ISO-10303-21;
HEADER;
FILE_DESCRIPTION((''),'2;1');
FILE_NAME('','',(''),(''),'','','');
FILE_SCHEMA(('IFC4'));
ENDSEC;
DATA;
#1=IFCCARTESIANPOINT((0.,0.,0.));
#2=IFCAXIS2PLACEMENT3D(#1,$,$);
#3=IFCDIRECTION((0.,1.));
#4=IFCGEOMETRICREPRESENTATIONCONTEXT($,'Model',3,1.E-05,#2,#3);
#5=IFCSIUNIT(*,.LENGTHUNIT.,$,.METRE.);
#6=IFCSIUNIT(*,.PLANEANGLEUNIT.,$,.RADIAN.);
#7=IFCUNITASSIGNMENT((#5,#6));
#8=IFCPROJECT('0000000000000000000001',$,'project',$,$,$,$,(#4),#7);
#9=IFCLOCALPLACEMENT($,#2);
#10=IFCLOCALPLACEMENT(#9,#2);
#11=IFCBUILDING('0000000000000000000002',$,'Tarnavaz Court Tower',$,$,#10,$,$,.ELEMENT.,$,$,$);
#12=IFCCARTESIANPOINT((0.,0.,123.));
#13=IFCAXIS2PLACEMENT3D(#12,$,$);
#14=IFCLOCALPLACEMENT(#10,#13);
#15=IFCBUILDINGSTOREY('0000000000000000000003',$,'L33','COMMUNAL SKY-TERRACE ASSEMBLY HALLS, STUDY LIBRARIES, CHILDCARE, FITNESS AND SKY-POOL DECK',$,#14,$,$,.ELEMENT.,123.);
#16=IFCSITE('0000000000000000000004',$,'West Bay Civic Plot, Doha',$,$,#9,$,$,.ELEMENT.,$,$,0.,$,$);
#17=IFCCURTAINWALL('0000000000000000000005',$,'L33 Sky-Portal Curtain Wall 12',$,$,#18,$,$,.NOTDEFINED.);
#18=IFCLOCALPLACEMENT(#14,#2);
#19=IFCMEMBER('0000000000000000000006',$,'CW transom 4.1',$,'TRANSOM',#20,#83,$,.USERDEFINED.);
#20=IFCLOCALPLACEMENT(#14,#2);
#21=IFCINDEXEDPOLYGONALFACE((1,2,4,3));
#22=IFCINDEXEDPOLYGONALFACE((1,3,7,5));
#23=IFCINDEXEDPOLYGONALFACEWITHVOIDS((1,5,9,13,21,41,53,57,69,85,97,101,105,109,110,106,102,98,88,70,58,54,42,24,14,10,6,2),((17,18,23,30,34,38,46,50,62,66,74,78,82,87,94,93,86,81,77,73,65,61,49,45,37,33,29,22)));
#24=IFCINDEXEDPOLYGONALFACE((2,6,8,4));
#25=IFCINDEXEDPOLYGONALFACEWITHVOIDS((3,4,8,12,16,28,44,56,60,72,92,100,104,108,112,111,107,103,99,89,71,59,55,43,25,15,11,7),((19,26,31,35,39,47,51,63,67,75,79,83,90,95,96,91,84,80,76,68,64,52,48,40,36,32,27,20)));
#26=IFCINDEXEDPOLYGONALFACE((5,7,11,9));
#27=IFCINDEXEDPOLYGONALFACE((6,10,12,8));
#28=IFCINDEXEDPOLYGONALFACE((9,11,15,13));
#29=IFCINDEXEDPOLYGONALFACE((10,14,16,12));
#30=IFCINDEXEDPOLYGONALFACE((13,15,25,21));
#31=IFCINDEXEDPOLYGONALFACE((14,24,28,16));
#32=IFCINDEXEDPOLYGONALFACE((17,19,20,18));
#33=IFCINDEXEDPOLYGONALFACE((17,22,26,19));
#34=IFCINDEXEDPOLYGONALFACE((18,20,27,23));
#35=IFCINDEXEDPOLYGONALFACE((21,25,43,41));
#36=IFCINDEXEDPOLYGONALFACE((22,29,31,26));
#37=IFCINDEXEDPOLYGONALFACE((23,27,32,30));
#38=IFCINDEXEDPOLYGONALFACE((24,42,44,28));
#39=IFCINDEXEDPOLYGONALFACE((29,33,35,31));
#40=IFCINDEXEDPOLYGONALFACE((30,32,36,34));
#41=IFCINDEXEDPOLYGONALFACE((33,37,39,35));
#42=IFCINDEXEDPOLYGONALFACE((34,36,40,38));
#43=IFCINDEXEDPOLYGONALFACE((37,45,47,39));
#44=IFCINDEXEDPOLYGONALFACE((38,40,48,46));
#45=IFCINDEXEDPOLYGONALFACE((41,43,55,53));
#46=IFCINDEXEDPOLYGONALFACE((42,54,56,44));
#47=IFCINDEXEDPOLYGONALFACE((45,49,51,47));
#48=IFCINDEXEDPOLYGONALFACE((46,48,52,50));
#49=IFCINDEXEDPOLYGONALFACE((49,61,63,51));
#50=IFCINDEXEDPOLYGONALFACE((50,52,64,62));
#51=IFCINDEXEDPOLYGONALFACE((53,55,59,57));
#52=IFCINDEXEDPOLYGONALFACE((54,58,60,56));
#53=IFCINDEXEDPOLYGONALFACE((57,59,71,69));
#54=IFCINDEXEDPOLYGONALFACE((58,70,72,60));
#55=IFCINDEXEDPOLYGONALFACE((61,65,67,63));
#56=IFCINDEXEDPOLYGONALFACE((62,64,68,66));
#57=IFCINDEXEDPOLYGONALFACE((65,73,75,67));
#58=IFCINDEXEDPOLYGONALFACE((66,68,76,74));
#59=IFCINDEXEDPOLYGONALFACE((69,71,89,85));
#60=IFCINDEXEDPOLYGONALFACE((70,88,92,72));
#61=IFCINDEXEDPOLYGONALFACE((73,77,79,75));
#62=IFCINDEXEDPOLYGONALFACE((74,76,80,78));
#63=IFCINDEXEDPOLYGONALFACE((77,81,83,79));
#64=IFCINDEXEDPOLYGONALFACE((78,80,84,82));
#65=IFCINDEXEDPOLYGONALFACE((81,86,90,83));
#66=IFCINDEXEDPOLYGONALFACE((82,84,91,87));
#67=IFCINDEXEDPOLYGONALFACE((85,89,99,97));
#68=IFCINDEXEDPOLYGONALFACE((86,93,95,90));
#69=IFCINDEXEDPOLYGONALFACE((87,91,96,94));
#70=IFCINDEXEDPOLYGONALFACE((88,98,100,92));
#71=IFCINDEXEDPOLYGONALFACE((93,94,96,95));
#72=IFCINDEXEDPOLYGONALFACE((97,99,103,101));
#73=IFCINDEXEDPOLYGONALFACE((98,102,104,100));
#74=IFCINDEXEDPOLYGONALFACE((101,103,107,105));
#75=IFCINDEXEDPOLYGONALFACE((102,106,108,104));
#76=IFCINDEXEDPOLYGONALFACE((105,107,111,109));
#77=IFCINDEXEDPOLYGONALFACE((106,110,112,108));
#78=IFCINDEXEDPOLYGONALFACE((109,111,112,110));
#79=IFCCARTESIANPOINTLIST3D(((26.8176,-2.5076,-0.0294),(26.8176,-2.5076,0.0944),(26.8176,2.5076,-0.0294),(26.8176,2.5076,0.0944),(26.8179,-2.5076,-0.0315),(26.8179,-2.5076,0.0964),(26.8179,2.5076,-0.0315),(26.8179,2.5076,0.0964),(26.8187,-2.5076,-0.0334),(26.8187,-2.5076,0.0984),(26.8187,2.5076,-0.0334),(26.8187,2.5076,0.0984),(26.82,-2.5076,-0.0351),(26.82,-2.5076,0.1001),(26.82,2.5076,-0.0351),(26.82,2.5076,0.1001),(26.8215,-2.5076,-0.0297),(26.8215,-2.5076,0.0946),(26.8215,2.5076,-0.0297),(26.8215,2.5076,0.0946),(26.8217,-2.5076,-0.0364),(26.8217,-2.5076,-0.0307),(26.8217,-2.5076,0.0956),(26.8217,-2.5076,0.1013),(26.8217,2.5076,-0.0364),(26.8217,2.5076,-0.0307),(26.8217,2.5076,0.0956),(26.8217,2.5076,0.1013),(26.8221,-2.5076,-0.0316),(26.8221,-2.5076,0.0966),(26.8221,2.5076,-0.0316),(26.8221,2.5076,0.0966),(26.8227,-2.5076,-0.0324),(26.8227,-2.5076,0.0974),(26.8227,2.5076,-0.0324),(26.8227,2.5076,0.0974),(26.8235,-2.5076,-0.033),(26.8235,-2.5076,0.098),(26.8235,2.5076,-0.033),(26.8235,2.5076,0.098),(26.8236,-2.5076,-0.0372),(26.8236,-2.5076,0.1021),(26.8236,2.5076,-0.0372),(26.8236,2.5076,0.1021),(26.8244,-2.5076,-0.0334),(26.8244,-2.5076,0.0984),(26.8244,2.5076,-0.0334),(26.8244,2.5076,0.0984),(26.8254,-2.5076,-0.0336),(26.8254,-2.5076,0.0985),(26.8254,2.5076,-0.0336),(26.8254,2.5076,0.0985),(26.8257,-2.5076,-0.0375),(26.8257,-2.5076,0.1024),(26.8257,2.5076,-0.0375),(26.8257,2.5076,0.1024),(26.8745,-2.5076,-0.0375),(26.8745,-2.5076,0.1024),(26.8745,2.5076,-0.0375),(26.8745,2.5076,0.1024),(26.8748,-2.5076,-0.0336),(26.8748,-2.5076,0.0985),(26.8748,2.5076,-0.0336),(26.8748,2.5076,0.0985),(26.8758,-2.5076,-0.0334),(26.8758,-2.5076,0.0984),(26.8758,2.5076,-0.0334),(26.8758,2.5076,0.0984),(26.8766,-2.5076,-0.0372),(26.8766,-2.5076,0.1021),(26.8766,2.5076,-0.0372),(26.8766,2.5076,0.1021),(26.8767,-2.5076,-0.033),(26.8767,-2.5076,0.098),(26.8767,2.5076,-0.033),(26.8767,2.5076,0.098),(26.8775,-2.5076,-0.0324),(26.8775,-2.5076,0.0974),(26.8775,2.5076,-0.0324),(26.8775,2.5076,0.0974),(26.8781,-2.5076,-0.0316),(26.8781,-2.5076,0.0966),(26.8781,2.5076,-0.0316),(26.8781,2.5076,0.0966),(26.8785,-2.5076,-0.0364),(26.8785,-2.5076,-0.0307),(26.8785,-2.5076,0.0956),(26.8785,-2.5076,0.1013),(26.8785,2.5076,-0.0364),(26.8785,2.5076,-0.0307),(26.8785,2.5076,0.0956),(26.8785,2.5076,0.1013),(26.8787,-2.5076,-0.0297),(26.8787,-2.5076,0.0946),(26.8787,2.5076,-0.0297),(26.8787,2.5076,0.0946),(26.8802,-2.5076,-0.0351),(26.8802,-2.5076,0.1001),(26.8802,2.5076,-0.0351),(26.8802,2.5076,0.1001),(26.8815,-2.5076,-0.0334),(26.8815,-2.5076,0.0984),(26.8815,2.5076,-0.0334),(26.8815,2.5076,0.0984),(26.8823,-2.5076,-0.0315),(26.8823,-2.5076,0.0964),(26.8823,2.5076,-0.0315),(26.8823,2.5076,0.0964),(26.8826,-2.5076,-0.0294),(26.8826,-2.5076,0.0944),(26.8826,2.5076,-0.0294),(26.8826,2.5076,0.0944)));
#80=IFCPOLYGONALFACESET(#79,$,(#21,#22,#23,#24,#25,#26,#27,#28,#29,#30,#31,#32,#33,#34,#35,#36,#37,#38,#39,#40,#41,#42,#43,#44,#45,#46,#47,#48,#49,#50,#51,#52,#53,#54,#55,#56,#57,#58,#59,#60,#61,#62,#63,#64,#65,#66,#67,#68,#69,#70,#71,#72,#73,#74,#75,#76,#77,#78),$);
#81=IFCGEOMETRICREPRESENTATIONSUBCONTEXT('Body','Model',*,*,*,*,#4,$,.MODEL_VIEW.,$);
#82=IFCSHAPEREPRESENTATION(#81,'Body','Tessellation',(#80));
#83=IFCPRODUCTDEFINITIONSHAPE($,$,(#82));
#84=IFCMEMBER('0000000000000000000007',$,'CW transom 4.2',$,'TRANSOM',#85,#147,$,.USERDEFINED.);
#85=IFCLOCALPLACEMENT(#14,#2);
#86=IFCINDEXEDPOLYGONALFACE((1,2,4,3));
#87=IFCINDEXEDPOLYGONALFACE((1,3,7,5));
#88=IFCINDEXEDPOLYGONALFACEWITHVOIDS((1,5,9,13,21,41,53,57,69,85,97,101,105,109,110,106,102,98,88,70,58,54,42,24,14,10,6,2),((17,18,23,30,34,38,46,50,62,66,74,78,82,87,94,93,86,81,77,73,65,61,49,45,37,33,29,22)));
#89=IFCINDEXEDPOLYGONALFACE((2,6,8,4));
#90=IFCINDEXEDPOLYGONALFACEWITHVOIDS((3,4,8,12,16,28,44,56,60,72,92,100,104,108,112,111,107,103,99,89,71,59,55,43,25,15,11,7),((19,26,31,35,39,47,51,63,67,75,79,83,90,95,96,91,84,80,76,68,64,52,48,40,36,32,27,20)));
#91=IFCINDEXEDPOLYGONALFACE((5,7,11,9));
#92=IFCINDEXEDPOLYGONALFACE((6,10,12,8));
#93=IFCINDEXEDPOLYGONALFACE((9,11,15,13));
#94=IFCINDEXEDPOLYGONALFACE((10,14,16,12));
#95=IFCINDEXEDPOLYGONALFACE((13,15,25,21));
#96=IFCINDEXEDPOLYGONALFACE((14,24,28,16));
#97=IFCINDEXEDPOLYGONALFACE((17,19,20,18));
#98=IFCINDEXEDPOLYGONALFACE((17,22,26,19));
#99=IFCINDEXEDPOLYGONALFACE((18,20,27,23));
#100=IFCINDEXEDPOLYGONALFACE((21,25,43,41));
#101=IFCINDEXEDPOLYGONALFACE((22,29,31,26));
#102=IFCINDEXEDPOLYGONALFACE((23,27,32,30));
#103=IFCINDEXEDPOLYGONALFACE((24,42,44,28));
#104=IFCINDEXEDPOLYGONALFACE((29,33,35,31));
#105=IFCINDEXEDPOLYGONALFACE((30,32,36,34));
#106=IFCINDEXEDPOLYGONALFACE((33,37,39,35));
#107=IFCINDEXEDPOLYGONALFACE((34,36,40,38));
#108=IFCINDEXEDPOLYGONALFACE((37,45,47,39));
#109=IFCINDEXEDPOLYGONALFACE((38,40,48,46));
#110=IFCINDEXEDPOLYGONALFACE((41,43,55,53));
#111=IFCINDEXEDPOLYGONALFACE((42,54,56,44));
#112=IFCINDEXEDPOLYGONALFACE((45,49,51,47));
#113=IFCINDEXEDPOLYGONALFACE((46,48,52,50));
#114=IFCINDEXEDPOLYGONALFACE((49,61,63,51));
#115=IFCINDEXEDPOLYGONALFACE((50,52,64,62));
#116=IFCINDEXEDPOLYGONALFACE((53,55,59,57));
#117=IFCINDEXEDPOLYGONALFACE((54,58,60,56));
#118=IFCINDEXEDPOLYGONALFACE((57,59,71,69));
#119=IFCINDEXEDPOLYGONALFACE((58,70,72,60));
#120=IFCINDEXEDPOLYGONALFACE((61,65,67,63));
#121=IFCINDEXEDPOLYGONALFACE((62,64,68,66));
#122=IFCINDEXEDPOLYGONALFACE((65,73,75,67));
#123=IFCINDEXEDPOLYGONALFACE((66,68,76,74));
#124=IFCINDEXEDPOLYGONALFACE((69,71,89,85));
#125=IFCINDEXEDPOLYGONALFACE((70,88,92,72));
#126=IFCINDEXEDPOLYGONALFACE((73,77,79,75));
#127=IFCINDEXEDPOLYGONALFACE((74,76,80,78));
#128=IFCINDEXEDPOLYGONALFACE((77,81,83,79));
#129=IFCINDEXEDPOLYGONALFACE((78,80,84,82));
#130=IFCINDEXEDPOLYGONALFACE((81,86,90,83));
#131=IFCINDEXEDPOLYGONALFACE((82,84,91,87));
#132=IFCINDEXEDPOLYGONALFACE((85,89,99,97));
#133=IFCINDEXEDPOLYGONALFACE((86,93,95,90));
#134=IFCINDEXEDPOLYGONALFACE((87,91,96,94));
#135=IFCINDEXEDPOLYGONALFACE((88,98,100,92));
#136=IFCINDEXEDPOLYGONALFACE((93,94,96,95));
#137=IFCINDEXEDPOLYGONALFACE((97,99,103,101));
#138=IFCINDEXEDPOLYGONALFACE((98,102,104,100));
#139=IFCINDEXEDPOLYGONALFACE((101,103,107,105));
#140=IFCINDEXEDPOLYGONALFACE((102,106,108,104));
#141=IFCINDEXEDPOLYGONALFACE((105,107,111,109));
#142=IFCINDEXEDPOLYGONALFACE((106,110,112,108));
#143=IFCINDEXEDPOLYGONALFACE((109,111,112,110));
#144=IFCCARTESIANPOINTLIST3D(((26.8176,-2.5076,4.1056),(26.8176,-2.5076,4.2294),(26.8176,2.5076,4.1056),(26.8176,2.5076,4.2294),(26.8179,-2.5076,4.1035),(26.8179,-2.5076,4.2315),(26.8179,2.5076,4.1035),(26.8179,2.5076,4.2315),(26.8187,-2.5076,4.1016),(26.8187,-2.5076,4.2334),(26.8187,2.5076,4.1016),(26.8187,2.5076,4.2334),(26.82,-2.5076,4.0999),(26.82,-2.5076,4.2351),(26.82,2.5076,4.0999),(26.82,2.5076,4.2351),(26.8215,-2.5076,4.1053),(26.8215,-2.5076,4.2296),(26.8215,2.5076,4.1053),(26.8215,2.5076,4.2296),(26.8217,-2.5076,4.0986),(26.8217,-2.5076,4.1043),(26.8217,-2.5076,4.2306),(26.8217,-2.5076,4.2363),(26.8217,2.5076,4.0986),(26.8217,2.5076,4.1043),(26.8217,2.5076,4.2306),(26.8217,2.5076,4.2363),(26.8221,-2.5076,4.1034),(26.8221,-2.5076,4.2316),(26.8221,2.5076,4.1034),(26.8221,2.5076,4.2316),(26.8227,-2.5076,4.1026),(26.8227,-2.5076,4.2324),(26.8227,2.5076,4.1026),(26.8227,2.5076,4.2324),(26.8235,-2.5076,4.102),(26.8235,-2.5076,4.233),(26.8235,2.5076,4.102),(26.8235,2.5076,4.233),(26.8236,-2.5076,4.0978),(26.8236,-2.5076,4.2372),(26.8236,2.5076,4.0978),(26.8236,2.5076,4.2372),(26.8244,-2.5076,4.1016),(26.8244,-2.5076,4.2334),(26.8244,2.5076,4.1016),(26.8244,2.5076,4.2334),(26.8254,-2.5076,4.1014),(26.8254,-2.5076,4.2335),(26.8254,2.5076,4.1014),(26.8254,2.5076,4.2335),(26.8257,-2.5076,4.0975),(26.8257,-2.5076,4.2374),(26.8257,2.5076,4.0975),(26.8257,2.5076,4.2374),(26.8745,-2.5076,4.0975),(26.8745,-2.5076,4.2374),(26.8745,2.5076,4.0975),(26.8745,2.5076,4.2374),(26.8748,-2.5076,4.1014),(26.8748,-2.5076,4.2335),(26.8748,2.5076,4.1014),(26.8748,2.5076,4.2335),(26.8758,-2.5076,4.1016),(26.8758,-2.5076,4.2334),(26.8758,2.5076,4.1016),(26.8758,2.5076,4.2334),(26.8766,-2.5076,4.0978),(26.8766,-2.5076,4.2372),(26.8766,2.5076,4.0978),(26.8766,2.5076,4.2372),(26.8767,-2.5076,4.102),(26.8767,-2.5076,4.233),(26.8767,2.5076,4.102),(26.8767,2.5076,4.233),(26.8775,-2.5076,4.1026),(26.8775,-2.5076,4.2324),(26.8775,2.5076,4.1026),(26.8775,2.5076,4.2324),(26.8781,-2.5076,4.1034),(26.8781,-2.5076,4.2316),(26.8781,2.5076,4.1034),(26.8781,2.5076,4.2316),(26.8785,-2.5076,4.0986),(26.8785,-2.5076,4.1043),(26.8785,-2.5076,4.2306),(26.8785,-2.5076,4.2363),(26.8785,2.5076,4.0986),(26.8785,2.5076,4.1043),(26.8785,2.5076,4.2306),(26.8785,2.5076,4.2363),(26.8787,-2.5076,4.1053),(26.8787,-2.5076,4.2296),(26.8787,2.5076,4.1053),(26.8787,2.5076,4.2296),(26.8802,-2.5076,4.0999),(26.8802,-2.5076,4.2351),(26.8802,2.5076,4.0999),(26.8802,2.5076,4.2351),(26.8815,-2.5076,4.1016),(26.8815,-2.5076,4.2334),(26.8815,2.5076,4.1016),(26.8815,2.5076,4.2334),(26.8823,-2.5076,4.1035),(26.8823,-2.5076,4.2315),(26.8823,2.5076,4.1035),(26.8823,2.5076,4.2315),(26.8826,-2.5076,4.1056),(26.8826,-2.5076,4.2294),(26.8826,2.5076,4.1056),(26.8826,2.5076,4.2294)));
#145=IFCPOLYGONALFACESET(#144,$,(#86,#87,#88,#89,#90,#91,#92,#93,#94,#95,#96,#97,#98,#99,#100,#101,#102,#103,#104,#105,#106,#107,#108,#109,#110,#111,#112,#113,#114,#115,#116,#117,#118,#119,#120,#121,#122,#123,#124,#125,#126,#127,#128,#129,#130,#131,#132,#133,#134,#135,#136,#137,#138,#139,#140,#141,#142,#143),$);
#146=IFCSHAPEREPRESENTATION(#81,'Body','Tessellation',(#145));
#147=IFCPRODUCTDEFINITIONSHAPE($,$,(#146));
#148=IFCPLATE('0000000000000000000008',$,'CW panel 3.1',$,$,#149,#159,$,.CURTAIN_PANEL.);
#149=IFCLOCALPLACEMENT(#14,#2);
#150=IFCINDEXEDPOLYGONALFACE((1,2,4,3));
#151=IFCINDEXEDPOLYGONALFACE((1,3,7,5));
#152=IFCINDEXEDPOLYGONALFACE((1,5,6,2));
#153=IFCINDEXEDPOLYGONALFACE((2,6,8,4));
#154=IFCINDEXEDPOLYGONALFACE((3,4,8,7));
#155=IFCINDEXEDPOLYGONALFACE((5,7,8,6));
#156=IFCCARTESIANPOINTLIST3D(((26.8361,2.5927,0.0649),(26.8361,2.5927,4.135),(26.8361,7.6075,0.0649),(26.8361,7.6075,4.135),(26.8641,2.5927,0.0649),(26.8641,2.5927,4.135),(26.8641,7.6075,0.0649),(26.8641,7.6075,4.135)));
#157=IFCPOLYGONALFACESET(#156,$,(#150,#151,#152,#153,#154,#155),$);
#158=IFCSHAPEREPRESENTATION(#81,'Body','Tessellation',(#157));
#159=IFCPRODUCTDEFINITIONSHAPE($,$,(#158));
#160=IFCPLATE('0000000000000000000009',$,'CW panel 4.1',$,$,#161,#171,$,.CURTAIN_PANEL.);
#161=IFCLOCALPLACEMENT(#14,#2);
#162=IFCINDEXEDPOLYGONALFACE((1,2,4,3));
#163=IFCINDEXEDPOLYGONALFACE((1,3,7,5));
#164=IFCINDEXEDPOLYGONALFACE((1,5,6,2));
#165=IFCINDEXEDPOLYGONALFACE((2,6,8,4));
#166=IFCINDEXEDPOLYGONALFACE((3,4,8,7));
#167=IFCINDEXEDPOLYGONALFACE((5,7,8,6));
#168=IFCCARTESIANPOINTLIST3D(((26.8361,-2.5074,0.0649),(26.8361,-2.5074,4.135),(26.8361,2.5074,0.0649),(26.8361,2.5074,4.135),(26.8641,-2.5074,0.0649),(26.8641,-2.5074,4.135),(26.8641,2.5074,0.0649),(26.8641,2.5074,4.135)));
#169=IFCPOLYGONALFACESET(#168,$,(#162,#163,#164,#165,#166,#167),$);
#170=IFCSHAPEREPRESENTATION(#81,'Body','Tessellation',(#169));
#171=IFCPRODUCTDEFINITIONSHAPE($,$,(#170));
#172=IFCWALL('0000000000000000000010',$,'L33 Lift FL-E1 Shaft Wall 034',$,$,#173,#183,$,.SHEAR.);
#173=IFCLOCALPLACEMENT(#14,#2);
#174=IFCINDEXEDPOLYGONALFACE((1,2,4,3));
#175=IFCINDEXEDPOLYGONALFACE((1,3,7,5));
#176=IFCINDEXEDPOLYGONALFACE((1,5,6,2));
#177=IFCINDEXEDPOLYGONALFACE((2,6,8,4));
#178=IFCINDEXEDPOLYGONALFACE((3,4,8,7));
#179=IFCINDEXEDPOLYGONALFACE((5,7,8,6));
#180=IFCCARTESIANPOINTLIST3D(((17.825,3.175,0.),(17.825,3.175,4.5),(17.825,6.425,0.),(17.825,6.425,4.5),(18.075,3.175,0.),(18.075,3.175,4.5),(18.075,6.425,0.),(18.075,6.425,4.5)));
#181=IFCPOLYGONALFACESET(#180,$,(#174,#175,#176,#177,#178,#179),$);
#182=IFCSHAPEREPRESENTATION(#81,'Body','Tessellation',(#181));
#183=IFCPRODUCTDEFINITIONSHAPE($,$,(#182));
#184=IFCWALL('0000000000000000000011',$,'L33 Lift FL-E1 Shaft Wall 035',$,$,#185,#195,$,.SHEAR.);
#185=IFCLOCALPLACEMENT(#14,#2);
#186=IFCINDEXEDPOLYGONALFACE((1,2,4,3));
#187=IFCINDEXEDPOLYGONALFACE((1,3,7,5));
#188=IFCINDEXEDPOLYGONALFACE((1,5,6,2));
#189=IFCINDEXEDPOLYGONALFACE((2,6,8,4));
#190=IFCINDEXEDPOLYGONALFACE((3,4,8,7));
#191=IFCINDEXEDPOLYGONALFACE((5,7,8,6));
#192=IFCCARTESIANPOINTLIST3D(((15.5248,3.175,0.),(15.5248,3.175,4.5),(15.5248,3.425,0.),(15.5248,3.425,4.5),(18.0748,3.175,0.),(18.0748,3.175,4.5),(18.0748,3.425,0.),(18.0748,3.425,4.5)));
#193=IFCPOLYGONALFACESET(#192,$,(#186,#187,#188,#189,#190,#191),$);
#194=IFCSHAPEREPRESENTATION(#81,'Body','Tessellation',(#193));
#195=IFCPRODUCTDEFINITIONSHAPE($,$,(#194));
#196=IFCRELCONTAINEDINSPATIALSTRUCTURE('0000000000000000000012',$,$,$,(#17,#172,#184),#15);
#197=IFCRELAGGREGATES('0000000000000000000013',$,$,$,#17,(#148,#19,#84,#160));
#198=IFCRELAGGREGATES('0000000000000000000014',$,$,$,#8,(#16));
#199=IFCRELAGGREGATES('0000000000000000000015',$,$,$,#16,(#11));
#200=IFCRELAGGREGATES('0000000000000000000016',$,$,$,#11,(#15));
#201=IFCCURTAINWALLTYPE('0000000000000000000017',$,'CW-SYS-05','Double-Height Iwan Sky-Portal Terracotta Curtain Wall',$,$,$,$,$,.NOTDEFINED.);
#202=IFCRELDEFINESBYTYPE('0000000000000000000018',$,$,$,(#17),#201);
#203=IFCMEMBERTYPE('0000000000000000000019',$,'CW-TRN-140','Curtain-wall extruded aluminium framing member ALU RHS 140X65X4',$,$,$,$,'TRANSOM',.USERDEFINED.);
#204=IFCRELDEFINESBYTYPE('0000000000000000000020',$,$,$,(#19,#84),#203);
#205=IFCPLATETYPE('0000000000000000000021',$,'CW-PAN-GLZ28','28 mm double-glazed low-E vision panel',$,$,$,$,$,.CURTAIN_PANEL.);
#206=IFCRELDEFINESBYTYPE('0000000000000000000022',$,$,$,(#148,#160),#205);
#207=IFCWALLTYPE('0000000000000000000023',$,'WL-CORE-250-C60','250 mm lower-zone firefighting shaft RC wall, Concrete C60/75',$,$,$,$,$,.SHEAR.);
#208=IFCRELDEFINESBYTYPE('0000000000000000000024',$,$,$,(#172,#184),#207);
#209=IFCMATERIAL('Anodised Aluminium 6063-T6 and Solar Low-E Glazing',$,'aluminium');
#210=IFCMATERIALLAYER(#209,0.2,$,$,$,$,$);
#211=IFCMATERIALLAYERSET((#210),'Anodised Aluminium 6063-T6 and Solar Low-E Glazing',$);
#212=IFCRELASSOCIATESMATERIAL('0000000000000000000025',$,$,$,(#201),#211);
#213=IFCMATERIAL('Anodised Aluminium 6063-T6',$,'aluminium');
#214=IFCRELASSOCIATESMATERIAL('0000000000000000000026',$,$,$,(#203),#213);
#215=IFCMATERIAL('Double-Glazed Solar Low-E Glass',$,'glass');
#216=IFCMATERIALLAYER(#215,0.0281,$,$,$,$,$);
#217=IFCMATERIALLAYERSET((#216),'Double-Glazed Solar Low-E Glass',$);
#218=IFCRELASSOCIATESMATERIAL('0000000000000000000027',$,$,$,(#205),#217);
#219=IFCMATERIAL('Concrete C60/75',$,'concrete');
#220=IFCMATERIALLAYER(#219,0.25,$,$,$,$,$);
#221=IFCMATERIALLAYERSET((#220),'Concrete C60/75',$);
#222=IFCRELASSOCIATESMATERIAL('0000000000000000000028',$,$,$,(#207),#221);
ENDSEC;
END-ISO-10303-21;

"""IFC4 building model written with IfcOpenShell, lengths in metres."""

from ifc_helpers import new_model, si_unit, direction, frame, frame_2d, origin, origin_2d, place, context, subcontext, project, spatial, rectangle, hollow_rectangle, extrude, material, layer, layer_set, material_profile, profile_set, type_object, element, aggregate, save


model = new_model("IFC4")

# Units and contexts
model_context = context("Model", 3, precision=1e-05, world=origin(), true_north=direction((0.0, 1.0)))
body_context = subcontext(model_context, "Body", "Model", "MODEL_VIEW")
ifc_project = project(units=[si_unit("LENGTHUNIT", "METRE"), si_unit("PLANEANGLEUNIT", "RADIAN")], contexts=[model_context])

# Site, building, storey
site_placement = place(None, origin())
site = spatial("IfcSite", under=ifc_project, at=site_placement, Name="West Bay Civic Plot, Doha", CompositionType="ELEMENT", RefElevation=0.0)
building_placement = place(site_placement, origin())
building = spatial("IfcBuilding", under=site, at=building_placement, Name="Tarnavaz Court Tower", CompositionType="ELEMENT")
storey_placement = place(building_placement, frame((0.0, 0.0, 123.0)))
storey = spatial("IfcBuildingStorey", under=building, at=storey_placement, Name="L33", Description="COMMUNAL SKY-TERRACE ASSEMBLY HALLS, STUDY LIBRARIES, CHILDCARE, FITNESS AND SKY-POOL DECK", CompositionType="ELEMENT", Elevation=123.0)

# Shared definitions
ifc_material_1 = material(Name="Concrete C60/75", Category="concrete")

# Curtain wall, members, plates
ifc_material_2 = material(Name="Anodised Aluminium 6063-T6 and Solar Low-E Glazing", Category="aluminium")
ifc_layer_1 = layer(ifc_material_2, 0.2)
ifc_layer_set_1 = layer_set([ifc_layer_1], Name="Anodised Aluminium 6063-T6 and Solar Low-E Glazing")
curtain_wall_type = type_object("IfcCurtainWallType", Name="CW-SYS-05", Description="Double-Height Iwan Sky-Portal Terracotta Curtain Wall", PredefinedType="NOTDEFINED", material=ifc_layer_set_1)
curtain_wall_placement = place(storey_placement, origin())
curtain_wall = element("IfcCurtainWall", 1, at=curtain_wall_placement, inside=storey, type_object=curtain_wall_type, Name="L33 Sky-Portal Curtain Wall 12", PredefinedType="NOTDEFINED")
ifc_material_3 = material(Name="Anodised Aluminium 6063-T6", Category="aluminium")
ifc_material_profile_1 = material_profile(ifc_material_3, hollow_rectangle(XDim=0.0649, YDim=0.1399, WallThickness=0.0039, InnerFilletRadius=0.0039, OuterFilletRadius=0.0081, at=origin_2d()), Name="ALU RHS 140X65X4")
ifc_profile_set_1 = profile_set([ifc_material_profile_1], Name="Anodised Aluminium 6063-T6")
member_type_1 = type_object("IfcMemberType", Name="CW-TRN-140", Description="Curtain-wall extruded aluminium framing member ALU RHS 140X65X4", ElementType="TRANSOM", PredefinedType="USERDEFINED", material=ifc_profile_set_1)
member_1_placement = place(storey_placement, frame((26.8501, 2.5076, 0.0325), z_axis=(0.0, -1.0, 0.0), x_axis=(1.0, 0.0, 0.0)))
member_1 = element("IfcMember", 2, at=member_1_placement, type_object=member_type_1, Name="CW transom 4.1", ObjectType="TRANSOM", PredefinedType="USERDEFINED", context=body_context, shape_type="SweptSolid", body=[
    extrude(hollow_rectangle(XDim=0.0649, YDim=0.1399, WallThickness=0.0039, InnerFilletRadius=0.0039, OuterFilletRadius=0.0081, at=origin_2d()), origin(), (0.0, 0.0, 1.0), 5.0151),
])
member_2_placement = place(storey_placement, frame((26.8501, 2.5076, 4.1675), z_axis=(0.0, -1.0, 0.0), x_axis=(1.0, 0.0, 0.0)))
member_2 = element("IfcMember", 3, at=member_2_placement, type_object=member_type_1, Name="CW transom 4.2", ObjectType="TRANSOM", PredefinedType="USERDEFINED", context=body_context, shape_type="SweptSolid", body=[
    extrude(hollow_rectangle(XDim=0.0649, YDim=0.1399, WallThickness=0.0039, InnerFilletRadius=0.0039, OuterFilletRadius=0.0081, at=origin_2d()), origin(), (0.0, 0.0, 1.0), 5.0151),
])
ifc_material_4 = material(Name="Double-Glazed Solar Low-E Glass", Category="glass")
ifc_layer_2 = layer(ifc_material_4, 0.0281)
ifc_layer_set_2 = layer_set([ifc_layer_2], Name="Double-Glazed Solar Low-E Glass")
plate_type = type_object("IfcPlateType", Name="CW-PAN-GLZ28", Description="28 mm double-glazed low-E vision panel", PredefinedType="CURTAIN_PANEL", material=ifc_layer_set_2)
plate_1_placement = place(storey_placement, frame((26.8501, 5.1001, 0.0649), z_axis=(0.0, 0.0, 1.0), x_axis=(0.0, -1.0, 0.0)))
plate_1 = element("IfcPlate", 4, at=plate_1_placement, type_object=plate_type, Name="CW panel 3.1", PredefinedType="CURTAIN_PANEL", context=body_context, shape_type="SweptSolid", body=[
    extrude(rectangle(XDim=5.0149, YDim=0.0281, at=origin_2d()), origin(), (0.0, 0.0, 1.0), 4.0701),
])
plate_2_placement = place(storey_placement, frame((26.8501, 0.0, 0.0649), z_axis=(0.0, 0.0, 1.0), x_axis=(0.0, -1.0, 0.0)))
plate_2 = element("IfcPlate", 5, at=plate_2_placement, type_object=plate_type, Name="CW panel 4.1", PredefinedType="CURTAIN_PANEL", context=body_context, shape_type="SweptSolid", body=[
    extrude(rectangle(XDim=5.0149, YDim=0.0281, at=origin_2d()), origin(), (0.0, 0.0, 1.0), 4.0701),
])
aggregate(curtain_wall, [plate_1, member_1, member_2, plate_2])

# Shared definitions
ifc_layer_3 = layer(ifc_material_1, 0.25)
ifc_layer_set_3 = layer_set([ifc_layer_3], Name="Concrete C60/75")
wall_type_1 = type_object("IfcWallType", Name="WL-CORE-250-C60", Description="250 mm lower-zone firefighting shaft RC wall, Concrete C60/75", PredefinedType="SHEAR", material=ifc_layer_set_3)

# Walls
wall_1_placement = place(storey_placement, frame((17.95, 3.175, 0.0), z_axis=(0.0, 0.0, 1.0), x_axis=(0.0, 1.0, 0.0)))
element("IfcWall", 6, at=wall_1_placement, inside=storey, type_object=wall_type_1, Name="L33 Lift FL-E1 Shaft Wall 034", PredefinedType="SHEAR", context=body_context, shape_type="SweptSolid", body=[
    extrude(rectangle(XDim=3.25, YDim=0.25, at=frame_2d((1.625, 0.0))), origin(), (0.0, 0.0, 1.0), 4.5),
])
for number, where, z_axis, x_axis, name in (
    (7, (15.5249, 3.3, 0.0), (0.0, 0.0, 1.0), (1.0, 0.0, 0.0), "L33 Lift FL-E1 Shaft Wall 035"),
):
    element("IfcWall", number, at=place(storey_placement, frame(where, z_axis=z_axis, x_axis=x_axis)), inside=storey, type_object=wall_type_1, Name=name, PredefinedType="SHEAR", context=body_context, shape_type="SweptSolid", body=[
        extrude(rectangle(XDim=2.55, YDim=0.25, at=frame_2d((1.2749, 0.0))), origin(), (0.0, 0.0, 1.0), 4.5),
    ])

save(model, "model.ifc")
